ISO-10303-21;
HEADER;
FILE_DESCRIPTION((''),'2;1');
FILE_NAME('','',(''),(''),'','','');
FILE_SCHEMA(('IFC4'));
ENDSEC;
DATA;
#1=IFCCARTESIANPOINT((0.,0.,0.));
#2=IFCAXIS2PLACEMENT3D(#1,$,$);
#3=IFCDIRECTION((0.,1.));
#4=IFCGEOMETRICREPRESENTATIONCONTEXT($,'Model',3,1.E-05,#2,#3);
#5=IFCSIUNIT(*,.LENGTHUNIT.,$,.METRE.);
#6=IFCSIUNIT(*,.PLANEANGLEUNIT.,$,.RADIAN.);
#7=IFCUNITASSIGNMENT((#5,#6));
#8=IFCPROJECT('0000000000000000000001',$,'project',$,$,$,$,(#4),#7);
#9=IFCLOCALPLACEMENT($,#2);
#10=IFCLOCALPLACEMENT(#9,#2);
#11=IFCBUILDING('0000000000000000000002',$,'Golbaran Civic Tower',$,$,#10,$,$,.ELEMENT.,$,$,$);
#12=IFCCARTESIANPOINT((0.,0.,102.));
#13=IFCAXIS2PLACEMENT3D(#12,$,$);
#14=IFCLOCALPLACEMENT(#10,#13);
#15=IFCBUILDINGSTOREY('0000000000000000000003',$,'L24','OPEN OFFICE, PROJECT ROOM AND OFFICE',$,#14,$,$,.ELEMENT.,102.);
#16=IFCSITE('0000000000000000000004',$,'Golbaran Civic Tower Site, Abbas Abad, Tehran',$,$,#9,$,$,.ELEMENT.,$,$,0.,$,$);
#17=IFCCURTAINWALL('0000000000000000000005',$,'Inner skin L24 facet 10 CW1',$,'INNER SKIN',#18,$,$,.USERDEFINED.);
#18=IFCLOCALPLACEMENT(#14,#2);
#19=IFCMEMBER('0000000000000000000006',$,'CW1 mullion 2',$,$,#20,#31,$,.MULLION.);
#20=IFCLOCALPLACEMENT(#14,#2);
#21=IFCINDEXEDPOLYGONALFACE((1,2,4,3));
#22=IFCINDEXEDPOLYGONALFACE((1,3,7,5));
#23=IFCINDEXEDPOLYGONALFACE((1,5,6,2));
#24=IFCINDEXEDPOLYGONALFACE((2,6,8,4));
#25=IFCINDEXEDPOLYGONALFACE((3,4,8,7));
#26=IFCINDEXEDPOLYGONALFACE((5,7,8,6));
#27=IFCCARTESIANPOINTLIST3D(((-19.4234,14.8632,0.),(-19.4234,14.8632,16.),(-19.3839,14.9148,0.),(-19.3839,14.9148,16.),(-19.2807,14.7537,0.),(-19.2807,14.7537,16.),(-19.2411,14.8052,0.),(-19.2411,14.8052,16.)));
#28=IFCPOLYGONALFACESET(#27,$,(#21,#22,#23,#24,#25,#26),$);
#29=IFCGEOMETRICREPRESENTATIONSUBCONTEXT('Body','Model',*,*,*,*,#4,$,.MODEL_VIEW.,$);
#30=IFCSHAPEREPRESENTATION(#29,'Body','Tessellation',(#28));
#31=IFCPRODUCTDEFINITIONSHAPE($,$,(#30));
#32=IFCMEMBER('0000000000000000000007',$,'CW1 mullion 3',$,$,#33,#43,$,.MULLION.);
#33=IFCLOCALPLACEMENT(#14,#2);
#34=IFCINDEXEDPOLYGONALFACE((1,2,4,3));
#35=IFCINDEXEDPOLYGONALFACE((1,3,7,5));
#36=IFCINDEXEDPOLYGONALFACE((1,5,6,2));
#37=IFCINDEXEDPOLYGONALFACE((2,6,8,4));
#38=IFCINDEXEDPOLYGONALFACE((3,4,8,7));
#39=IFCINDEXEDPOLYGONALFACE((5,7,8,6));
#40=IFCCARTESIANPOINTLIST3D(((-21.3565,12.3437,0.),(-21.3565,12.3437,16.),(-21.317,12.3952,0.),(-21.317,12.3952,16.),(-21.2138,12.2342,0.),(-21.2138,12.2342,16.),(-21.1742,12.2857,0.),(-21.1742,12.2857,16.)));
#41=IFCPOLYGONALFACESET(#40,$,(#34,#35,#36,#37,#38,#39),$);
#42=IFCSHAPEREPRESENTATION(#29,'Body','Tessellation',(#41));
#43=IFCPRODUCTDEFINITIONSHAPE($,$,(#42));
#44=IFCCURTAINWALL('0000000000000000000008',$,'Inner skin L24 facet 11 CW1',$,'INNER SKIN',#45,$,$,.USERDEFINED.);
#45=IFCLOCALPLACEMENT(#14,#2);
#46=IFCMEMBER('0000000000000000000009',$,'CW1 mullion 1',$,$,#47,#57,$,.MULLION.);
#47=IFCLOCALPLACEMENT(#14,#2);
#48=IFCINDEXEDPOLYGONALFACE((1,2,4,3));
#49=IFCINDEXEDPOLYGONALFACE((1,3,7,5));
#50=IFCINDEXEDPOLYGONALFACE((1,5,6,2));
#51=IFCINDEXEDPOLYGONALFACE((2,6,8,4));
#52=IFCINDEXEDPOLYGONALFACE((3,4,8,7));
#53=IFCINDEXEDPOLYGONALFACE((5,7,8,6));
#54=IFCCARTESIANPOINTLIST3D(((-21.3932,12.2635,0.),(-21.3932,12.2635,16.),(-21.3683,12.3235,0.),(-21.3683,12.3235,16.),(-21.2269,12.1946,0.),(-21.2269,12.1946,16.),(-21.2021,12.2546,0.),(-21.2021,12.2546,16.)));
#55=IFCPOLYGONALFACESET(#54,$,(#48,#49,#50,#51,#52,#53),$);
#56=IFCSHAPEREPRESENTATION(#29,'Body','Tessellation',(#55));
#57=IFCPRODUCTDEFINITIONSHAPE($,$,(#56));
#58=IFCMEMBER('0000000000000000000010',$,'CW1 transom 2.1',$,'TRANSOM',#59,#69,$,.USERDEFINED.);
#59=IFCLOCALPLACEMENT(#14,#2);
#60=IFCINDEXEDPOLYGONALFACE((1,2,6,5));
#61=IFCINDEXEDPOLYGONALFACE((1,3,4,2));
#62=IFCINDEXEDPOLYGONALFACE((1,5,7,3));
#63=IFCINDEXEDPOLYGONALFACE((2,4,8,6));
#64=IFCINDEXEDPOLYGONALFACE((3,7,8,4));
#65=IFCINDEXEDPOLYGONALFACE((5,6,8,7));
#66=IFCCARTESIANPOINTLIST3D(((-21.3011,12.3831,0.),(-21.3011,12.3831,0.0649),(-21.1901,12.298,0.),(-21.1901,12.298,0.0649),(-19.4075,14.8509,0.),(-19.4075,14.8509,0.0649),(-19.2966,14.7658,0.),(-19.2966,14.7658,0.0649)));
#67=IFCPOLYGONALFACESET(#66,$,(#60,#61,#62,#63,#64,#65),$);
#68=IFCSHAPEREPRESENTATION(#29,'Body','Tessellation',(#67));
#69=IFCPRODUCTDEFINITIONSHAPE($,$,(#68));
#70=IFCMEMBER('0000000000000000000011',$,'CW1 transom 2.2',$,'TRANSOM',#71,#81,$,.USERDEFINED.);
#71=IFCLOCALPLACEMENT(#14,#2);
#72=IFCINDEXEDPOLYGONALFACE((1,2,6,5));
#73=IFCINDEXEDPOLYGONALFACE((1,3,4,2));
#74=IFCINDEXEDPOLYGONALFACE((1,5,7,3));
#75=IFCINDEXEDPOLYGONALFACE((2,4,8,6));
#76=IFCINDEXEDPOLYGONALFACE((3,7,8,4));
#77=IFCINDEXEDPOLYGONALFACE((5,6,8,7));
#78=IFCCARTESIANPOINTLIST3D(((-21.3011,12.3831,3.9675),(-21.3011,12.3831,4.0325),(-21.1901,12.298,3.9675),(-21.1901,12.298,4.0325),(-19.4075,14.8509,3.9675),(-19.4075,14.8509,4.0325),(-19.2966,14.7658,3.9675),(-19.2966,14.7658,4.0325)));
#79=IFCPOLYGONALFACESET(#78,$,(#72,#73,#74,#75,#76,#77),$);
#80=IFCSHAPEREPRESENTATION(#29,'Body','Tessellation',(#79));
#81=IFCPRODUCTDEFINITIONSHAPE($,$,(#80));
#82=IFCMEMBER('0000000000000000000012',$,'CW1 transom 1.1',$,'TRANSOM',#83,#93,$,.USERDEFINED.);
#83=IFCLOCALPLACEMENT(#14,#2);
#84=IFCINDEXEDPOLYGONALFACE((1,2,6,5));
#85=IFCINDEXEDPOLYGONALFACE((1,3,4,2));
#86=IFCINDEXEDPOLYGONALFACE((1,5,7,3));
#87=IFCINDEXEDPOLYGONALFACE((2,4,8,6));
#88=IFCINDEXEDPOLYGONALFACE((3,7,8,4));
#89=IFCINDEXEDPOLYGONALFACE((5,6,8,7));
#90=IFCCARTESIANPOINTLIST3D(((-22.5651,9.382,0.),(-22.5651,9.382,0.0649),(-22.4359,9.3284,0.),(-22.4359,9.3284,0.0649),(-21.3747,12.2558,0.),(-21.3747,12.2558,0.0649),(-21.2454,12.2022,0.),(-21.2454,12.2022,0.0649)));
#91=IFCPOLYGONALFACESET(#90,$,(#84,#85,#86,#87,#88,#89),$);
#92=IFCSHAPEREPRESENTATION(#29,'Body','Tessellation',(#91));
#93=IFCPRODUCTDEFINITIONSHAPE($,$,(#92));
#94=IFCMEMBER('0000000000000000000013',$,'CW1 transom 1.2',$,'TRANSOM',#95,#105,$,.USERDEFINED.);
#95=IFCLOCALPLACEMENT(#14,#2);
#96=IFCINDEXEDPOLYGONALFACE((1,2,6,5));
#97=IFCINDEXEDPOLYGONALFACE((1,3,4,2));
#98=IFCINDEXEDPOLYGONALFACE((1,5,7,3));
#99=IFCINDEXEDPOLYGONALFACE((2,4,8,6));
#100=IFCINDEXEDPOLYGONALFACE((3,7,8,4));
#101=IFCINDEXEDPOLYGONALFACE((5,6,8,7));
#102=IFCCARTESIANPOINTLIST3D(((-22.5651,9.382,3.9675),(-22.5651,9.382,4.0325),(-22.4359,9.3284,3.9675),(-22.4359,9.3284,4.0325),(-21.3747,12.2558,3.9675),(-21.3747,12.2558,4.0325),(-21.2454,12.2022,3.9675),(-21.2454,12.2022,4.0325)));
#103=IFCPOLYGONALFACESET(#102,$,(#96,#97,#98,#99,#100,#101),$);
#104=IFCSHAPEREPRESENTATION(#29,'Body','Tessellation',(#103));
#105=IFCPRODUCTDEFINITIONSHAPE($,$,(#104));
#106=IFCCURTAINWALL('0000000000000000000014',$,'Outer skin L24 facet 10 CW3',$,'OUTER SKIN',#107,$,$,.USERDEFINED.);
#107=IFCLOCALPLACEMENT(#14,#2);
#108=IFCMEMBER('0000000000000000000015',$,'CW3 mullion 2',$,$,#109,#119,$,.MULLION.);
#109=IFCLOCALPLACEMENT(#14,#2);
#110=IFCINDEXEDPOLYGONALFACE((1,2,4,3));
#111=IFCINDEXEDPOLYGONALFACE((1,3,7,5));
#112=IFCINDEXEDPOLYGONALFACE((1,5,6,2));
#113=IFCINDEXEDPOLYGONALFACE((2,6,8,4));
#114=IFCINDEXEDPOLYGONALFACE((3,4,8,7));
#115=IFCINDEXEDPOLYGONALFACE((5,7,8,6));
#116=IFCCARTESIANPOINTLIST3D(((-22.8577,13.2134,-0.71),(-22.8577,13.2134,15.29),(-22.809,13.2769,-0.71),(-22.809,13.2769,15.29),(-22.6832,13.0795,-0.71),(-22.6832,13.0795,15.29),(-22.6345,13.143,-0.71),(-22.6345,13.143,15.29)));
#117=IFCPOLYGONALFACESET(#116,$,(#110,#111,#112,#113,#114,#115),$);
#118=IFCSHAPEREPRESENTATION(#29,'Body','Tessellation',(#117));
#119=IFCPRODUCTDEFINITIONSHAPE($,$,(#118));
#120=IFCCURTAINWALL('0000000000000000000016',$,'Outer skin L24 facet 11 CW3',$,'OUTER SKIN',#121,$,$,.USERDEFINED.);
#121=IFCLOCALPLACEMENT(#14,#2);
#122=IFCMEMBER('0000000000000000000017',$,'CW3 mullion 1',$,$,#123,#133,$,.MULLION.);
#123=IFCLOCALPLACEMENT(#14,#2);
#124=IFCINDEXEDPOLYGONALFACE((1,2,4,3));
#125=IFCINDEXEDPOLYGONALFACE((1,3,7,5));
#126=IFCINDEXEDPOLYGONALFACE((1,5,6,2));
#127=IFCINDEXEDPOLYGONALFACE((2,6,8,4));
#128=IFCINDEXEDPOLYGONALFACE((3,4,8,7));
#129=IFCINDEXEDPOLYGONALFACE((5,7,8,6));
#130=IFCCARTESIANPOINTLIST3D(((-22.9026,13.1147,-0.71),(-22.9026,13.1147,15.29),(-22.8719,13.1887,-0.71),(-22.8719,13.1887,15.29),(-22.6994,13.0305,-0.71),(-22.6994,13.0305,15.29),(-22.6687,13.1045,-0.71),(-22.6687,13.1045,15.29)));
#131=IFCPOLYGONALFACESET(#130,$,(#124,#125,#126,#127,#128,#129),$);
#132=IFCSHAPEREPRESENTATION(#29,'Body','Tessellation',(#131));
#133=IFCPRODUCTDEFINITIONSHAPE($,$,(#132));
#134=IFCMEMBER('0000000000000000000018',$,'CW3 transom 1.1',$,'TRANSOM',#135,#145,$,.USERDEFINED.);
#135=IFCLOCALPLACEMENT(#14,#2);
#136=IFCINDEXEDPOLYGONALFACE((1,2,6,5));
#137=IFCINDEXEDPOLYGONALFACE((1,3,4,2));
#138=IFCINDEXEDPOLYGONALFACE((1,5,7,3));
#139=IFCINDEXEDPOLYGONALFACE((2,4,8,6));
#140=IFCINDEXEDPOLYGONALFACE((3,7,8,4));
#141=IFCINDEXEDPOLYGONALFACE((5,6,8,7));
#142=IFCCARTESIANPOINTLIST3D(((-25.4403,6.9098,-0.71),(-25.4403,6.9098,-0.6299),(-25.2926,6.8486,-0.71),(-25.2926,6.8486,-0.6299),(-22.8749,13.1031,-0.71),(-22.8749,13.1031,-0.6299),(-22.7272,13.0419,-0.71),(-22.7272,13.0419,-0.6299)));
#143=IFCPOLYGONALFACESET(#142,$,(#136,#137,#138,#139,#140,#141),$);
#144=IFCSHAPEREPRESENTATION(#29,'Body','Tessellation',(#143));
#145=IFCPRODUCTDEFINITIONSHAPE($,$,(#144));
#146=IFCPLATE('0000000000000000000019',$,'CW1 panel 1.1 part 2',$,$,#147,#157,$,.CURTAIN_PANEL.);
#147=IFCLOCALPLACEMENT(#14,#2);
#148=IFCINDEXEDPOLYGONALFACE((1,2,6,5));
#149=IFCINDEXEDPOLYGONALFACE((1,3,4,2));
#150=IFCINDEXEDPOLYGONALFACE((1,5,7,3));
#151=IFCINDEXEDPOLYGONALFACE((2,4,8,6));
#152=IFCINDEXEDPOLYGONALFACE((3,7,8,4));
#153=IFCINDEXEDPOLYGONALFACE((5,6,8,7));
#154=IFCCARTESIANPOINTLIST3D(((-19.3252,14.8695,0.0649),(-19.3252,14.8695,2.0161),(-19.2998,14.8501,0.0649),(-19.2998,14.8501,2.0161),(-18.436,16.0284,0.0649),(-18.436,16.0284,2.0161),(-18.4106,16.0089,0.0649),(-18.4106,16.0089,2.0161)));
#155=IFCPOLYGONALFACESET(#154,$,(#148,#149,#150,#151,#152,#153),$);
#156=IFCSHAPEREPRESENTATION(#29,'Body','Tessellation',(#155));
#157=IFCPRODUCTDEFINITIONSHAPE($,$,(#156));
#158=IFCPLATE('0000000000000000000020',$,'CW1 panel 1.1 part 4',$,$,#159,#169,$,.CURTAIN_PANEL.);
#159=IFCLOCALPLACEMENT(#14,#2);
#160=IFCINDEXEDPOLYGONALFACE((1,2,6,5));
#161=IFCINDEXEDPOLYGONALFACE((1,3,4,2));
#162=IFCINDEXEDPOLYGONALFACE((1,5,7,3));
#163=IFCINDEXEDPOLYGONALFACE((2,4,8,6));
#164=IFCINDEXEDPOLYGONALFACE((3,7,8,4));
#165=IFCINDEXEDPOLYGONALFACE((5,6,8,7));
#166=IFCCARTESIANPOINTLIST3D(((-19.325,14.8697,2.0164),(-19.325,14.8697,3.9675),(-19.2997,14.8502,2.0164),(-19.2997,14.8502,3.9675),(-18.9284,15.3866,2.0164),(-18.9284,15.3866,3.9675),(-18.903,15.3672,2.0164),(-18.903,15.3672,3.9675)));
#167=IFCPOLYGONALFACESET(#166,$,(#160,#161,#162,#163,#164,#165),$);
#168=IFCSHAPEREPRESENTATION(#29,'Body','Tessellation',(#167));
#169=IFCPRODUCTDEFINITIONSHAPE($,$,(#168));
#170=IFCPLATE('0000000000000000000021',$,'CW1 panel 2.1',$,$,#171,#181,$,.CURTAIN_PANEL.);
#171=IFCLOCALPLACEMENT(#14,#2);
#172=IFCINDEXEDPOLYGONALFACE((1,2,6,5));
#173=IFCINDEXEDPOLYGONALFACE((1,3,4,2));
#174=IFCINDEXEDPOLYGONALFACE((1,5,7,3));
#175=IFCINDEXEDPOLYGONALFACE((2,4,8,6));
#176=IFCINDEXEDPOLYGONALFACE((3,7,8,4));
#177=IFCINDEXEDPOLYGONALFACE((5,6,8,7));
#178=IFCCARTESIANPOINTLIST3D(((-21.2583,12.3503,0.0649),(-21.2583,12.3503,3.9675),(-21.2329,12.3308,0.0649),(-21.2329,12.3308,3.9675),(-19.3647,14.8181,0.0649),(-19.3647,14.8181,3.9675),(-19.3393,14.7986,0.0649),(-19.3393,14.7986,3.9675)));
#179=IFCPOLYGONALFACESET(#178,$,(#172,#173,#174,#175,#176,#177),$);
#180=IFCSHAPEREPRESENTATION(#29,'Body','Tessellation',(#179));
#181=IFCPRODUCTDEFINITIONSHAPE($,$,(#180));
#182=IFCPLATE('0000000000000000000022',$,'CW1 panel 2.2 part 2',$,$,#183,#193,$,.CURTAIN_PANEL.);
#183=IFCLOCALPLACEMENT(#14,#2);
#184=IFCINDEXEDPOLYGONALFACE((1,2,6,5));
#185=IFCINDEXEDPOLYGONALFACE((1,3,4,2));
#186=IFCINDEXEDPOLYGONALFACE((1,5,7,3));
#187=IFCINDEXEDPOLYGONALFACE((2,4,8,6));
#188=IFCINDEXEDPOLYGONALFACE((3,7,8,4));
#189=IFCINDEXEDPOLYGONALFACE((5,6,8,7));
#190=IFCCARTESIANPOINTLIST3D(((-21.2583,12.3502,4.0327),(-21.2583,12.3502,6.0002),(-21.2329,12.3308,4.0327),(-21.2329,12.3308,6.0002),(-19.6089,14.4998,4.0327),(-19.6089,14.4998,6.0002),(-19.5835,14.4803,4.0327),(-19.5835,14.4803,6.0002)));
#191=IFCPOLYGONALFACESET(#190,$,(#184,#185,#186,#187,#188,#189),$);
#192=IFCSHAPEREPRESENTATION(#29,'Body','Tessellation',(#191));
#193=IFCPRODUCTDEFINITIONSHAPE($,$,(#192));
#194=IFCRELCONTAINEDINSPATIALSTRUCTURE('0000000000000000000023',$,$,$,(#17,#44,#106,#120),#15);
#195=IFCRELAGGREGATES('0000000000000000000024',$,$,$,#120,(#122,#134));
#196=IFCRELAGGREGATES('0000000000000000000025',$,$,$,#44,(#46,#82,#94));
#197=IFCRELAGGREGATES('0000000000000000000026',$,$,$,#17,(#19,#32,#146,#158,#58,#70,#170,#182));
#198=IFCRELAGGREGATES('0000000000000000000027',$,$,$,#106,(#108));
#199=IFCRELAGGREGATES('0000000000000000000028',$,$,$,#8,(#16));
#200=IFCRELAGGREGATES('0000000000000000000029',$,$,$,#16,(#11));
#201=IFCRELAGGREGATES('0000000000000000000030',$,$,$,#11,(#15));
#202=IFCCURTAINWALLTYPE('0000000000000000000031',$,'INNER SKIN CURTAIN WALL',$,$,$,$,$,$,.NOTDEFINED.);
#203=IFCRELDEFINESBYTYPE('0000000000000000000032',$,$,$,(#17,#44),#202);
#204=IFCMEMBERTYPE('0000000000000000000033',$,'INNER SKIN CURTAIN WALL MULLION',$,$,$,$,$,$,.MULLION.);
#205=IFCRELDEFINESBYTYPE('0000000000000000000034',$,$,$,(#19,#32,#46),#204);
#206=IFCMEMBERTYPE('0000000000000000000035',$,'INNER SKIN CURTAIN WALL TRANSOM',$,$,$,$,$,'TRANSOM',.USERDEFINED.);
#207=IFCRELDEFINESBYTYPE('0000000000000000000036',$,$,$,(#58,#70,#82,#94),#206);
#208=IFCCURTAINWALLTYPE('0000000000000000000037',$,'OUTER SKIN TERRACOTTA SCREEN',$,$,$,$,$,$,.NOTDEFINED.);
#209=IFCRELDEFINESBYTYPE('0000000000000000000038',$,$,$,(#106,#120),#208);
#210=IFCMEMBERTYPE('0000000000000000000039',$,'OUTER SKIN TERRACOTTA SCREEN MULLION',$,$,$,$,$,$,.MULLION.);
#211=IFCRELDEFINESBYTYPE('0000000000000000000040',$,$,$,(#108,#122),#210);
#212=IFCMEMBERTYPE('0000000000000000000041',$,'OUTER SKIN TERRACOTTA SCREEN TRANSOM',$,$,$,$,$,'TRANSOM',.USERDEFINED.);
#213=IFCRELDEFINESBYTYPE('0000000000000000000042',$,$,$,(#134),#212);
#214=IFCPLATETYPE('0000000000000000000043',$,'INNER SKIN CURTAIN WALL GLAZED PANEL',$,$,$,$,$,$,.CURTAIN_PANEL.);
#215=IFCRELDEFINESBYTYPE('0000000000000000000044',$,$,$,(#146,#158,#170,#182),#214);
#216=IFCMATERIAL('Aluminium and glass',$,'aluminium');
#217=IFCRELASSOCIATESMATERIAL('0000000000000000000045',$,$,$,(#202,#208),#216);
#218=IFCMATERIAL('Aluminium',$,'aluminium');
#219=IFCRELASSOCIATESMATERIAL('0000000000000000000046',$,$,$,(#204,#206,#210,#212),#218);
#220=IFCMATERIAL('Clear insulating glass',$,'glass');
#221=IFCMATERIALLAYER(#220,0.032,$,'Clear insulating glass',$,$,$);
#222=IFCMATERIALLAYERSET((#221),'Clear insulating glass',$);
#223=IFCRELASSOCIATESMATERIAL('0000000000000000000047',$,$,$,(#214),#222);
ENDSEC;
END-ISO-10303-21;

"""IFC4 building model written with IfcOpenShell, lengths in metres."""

from ifc_helpers import new_model, si_unit, direction, frame, origin, origin_2d, place, context, subcontext, project, spatial, rectangle, extrude, material, layer, layer_set, material_profile, profile_set, type_object, element, aggregate, save


model = new_model("IFC4")

# Units and contexts
model_context = context("Model", 3, precision=1e-05, world=origin(), true_north=direction((0.0, 1.0)))
body_context = subcontext(model_context, "Body", "Model", "MODEL_VIEW")
ifc_project = project(units=[si_unit("LENGTHUNIT", "METRE"), si_unit("PLANEANGLEUNIT", "RADIAN")], contexts=[model_context])

# Site, building, storey
site_placement = place(None, origin())
site = spatial("IfcSite", under=ifc_project, at=site_placement, Name="Golbaran Civic Tower Site, Abbas Abad, Tehran", CompositionType="ELEMENT", RefElevation=0.0)
building_placement = place(site_placement, origin())
building = spatial("IfcBuilding", under=site, at=building_placement, Name="Golbaran Civic Tower", CompositionType="ELEMENT")
storey_placement = place(building_placement, frame((0.0, 0.0, 102.0)))
storey = spatial("IfcBuildingStorey", under=building, at=storey_placement, Name="L24", Description="OPEN OFFICE, PROJECT ROOM AND OFFICE", CompositionType="ELEMENT", Elevation=102.0)

# Curtain wall, members
ifc_material_1 = material(Name="Aluminium and glass", Category="aluminium")
curtain_wall_type_1 = type_object("IfcCurtainWallType", Name="INNER SKIN CURTAIN WALL", PredefinedType="NOTDEFINED", material=ifc_material_1)
curtain_wall_1_placement = place(storey_placement, origin())
curtain_wall_1 = element("IfcCurtainWall", 1, at=curtain_wall_1_placement, inside=storey, type_object=curtain_wall_type_1, Name="Inner skin L24 facet 10 CW1", ObjectType="INNER SKIN", PredefinedType="USERDEFINED")
ifc_material_2 = material(Name="Aluminium", Category="aluminium")
ifc_material_profile_1 = material_profile(ifc_material_2, rectangle(XDim=0.1799, YDim=0.0649, at=origin_2d()), Name="INNER SKIN CURTAIN WALL MULLION")
ifc_profile_set_1 = profile_set([ifc_material_profile_1], Name="Aluminium")
member_type_1 = type_object("IfcMemberType", Name="INNER SKIN CURTAIN WALL MULLION", PredefinedType="MULLION", material=ifc_profile_set_1)
member_1_placement = place(storey_placement, frame((-19.3323, 14.8342, 0.0), z_axis=(0.0, 0.0, 1.0), x_axis=(0.793353, -0.608761, 0.0)))
member_1 = element("IfcMember", 2, at=member_1_placement, type_object=member_type_1, Name="CW1 mullion 2", PredefinedType="MULLION", context=body_context, shape_type="SweptSolid", body=[
    extrude(rectangle(XDim=0.1799, YDim=0.0649, at=origin_2d()), origin(), (0.0, 0.0, 1.0), 16.0),
])
member_2_placement = place(storey_placement, frame((-21.2654, 12.3147, 0.0), z_axis=(0.0, 0.0, 1.0), x_axis=(0.793353, -0.608761, 0.0)))
member_2 = element("IfcMember", 3, at=member_2_placement, type_object=member_type_1, Name="CW1 mullion 3", PredefinedType="MULLION", context=body_context, shape_type="SweptSolid", body=[
    extrude(rectangle(XDim=0.1799, YDim=0.0649, at=origin_2d()), origin(), (0.0, 0.0, 1.0), 16.0),
])

# Curtain wall, member
curtain_wall_2_placement = place(storey_placement, origin())
curtain_wall_2 = element("IfcCurtainWall", 4, at=curtain_wall_2_placement, inside=storey, type_object=curtain_wall_type_1, Name="Inner skin L24 facet 11 CW1", ObjectType="INNER SKIN", PredefinedType="USERDEFINED")
member_3_placement = place(storey_placement, frame((-21.2976, 12.259, 0.0), z_axis=(0.0, 0.0, 1.0), x_axis=(0.92388, -0.382683, 0.0)))
member_3 = element("IfcMember", 5, at=member_3_placement, type_object=member_type_1, Name="CW1 mullion 1", PredefinedType="MULLION", context=body_context, shape_type="SweptSolid", body=[
    extrude(rectangle(XDim=0.1799, YDim=0.0649, at=origin_2d()), origin(), (0.0, 0.0, 1.0), 16.0),
])

# Members
ifc_material_profile_2 = material_profile(ifc_material_2, rectangle(XDim=0.1399, YDim=0.0649, at=origin_2d()), Name="INNER SKIN CURTAIN WALL TRANSOM")
ifc_profile_set_2 = profile_set([ifc_material_profile_2], Name="Aluminium")
member_type_2 = type_object("IfcMemberType", Name="INNER SKIN CURTAIN WALL TRANSOM", ElementType="TRANSOM", PredefinedType="USERDEFINED", material=ifc_profile_set_2)
member_4_placement = place(storey_placement, frame((-19.3521, 14.8083, 0.0325), z_axis=(-0.608754, -0.793359, 0.0), x_axis=(0.793359, -0.608754, 0.0)))
member_4 = element("IfcMember", 6, at=member_4_placement, type_object=member_type_2, Name="CW1 transom 2.1", ObjectType="TRANSOM", PredefinedType="USERDEFINED", context=body_context, shape_type="SweptSolid", body=[
    extrude(rectangle(XDim=0.1399, YDim=0.0649, at=origin_2d()), origin(), (0.0, 0.0, 1.0), 3.1106),
])
member_5_placement = place(storey_placement, frame((-19.3521, 14.8083, 4.0), z_axis=(-0.608754, -0.793359, 0.0), x_axis=(0.793359, -0.608754, 0.0)))
member_5 = element("IfcMember", 7, at=member_5_placement, type_object=member_type_2, Name="CW1 transom 2.2", ObjectType="TRANSOM", PredefinedType="USERDEFINED", context=body_context, shape_type="SweptSolid", body=[
    extrude(rectangle(XDim=0.1399, YDim=0.0649, at=origin_2d()), origin(), (0.0, 0.0, 1.0), 3.1106),
])
member_6_placement = place(storey_placement, frame((-21.3101, 12.229, 0.0325), z_axis=(-0.382703, -0.923871, 0.0), x_axis=(0.923871, -0.382703, 0.0)))
member_6 = element("IfcMember", 8, at=member_6_placement, type_object=member_type_2, Name="CW1 transom 1.1", ObjectType="TRANSOM", PredefinedType="USERDEFINED", context=body_context, shape_type="SweptSolid", body=[
    extrude(rectangle(XDim=0.1399, YDim=0.0649, at=origin_2d()), origin(), (0.0, 0.0, 1.0), 3.1106),
])
member_7_placement = place(storey_placement, frame((-21.3101, 12.229, 4.0), z_axis=(-0.382703, -0.923871, 0.0), x_axis=(0.923871, -0.382703, 0.0)))
member_7 = element("IfcMember", 9, at=member_7_placement, type_object=member_type_2, Name="CW1 transom 1.2", ObjectType="TRANSOM", PredefinedType="USERDEFINED", context=body_context, shape_type="SweptSolid", body=[
    extrude(rectangle(XDim=0.1399, YDim=0.0649, at=origin_2d()), origin(), (0.0, 0.0, 1.0), 3.1106),
])

# Curtain wall, member
curtain_wall_type_2 = type_object("IfcCurtainWallType", Name="OUTER SKIN TERRACOTTA SCREEN", PredefinedType="NOTDEFINED", material=ifc_material_1)
curtain_wall_3_placement = place(storey_placement, origin())
curtain_wall_3 = element("IfcCurtainWall", 10, at=curtain_wall_3_placement, inside=storey, type_object=curtain_wall_type_2, Name="Outer skin L24 facet 10 CW3", ObjectType="OUTER SKIN", PredefinedType="USERDEFINED")
ifc_material_profile_3 = material_profile(ifc_material_2, rectangle(XDim=0.22, YDim=0.0801, at=origin_2d()), Name="OUTER SKIN TERRACOTTA SCREEN MULLION")
ifc_profile_set_3 = profile_set([ifc_material_profile_3], Name="Aluminium")
member_type_3 = type_object("IfcMemberType", Name="OUTER SKIN TERRACOTTA SCREEN MULLION", PredefinedType="MULLION", material=ifc_profile_set_3)
member_8_placement = place(storey_placement, frame((-22.7461, 13.1782, -0.71), z_axis=(0.0, 0.0, 1.0), x_axis=(0.793353, -0.608761, 0.0)))
member_8 = element("IfcMember", 11, at=member_8_placement, type_object=member_type_3, Name="CW3 mullion 2", PredefinedType="MULLION", context=body_context, shape_type="SweptSolid", body=[
    extrude(rectangle(XDim=0.22, YDim=0.0801, at=origin_2d()), origin(), (0.0, 0.0, 1.0), 16.0),
])

# Curtain wall, members
curtain_wall_4_placement = place(storey_placement, origin())
curtain_wall_4 = element("IfcCurtainWall", 12, at=curtain_wall_4_placement, inside=storey, type_object=curtain_wall_type_2, Name="Outer skin L24 facet 11 CW3", ObjectType="OUTER SKIN", PredefinedType="USERDEFINED")
member_9_placement = place(storey_placement, frame((-22.7856, 13.1096, -0.71), z_axis=(0.0, 0.0, 1.0), x_axis=(0.92388, -0.382683, 0.0)))
member_9 = element("IfcMember", 13, at=member_9_placement, type_object=member_type_3, Name="CW3 mullion 1", PredefinedType="MULLION", context=body_context, shape_type="SweptSolid", body=[
    extrude(rectangle(XDim=0.22, YDim=0.0801, at=origin_2d()), origin(), (0.0, 0.0, 1.0), 16.0),
])
ifc_material_profile_4 = material_profile(ifc_material_2, rectangle(XDim=0.1599, YDim=0.0801, at=origin_2d()), Name="OUTER SKIN TERRACOTTA SCREEN TRANSOM")
ifc_profile_set_4 = profile_set([ifc_material_profile_4], Name="Aluminium")
member_type_4 = type_object("IfcMemberType", Name="OUTER SKIN TERRACOTTA SCREEN TRANSOM", ElementType="TRANSOM", PredefinedType="USERDEFINED", material=ifc_profile_set_4)
member_10_placement = place(storey_placement, frame((-22.801, 13.0725, -0.6699), z_axis=(-0.382691, -0.923877, 0.0), x_axis=(0.923877, -0.382691, 0.0)))
member_10 = element("IfcMember", 14, at=member_10_placement, type_object=member_type_4, Name="CW3 transom 1.1", ObjectType="TRANSOM", PredefinedType="USERDEFINED", context=body_context, shape_type="SweptSolid", body=[
    extrude(rectangle(XDim=0.1599, YDim=0.0801, at=origin_2d()), origin(), (0.0, 0.0, 1.0), 6.7036),
])
aggregate(curtain_wall_4, [member_9, member_10])

# Plates
ifc_material_3 = material(Name="Clear insulating glass", Category="glass")
ifc_layer_1 = layer(ifc_material_3, 0.032, Name="Clear insulating glass")
ifc_layer_set_1 = layer_set([ifc_layer_1], Name="Clear insulating glass")
plate_type_1 = type_object("IfcPlateType", Name="INNER SKIN CURTAIN WALL GLAZED PANEL", PredefinedType="CURTAIN_PANEL", material=ifc_layer_set_1)
plate_1_placement = place(storey_placement, frame((-18.8679, 15.4392, 0.0649), z_axis=(0.0, 0.0, 1.0), x_axis=(-0.608761, -0.793353, 0.0)))
plate_1 = element("IfcPlate", 15, at=plate_1_placement, type_object=plate_type_1, Name="CW1 panel 1.1 part 2", PredefinedType="CURTAIN_PANEL", context=body_context, shape_type="SweptSolid", body=[
    extrude(rectangle(XDim=1.4607, YDim=0.032, at=origin_2d()), origin(), (0.0, 0.0, 1.0), 1.9512),
])
plate_2_placement = place(storey_placement, frame((-19.114, 15.1184, 2.0164), z_axis=(0.0, 0.0, 1.0), x_axis=(-0.608761, -0.793353, 0.0)))
plate_2 = element("IfcPlate", 16, at=plate_2_placement, type_object=plate_type_1, Name="CW1 panel 1.1 part 4", PredefinedType="CURTAIN_PANEL", context=body_context, shape_type="SweptSolid", body=[
    extrude(rectangle(XDim=0.6516, YDim=0.032, at=origin_2d()), origin(), (0.0, 0.0, 1.0), 1.9512),
])
plate_3_placement = place(storey_placement, frame((-20.2988, 13.5745, 0.0649), z_axis=(0.0, 0.0, 1.0), x_axis=(-0.608761, -0.793353, 0.0)))
plate_3 = element("IfcPlate", 17, at=plate_3_placement, type_object=plate_type_1, Name="CW1 panel 2.1", PredefinedType="CURTAIN_PANEL", context=body_context, shape_type="SweptSolid", body=[
    extrude(rectangle(XDim=3.1106, YDim=0.032, at=origin_2d()), origin(), (0.0, 0.0, 1.0), 3.9026),
])
plate_4_placement = place(storey_placement, frame((-20.4209, 13.4153, 4.0327), z_axis=(0.0, 0.0, 1.0), x_axis=(-0.608761, -0.793353, 0.0)))
plate_4 = element("IfcPlate", 18, at=plate_4_placement, type_object=plate_type_1, Name="CW1 panel 2.2 part 2", PredefinedType="CURTAIN_PANEL", context=body_context, shape_type="SweptSolid", body=[
    extrude(rectangle(XDim=2.7095, YDim=0.032, at=origin_2d()), origin(), (0.0, 0.0, 1.0), 1.9675),
])
aggregate(curtain_wall_2, [member_3, member_6, member_7])
aggregate(curtain_wall_1, [member_1, member_2, plate_1, plate_2, member_4, member_5, plate_3, plate_4])
aggregate(curtain_wall_3, [member_8])

save(model, "model.ifc")
